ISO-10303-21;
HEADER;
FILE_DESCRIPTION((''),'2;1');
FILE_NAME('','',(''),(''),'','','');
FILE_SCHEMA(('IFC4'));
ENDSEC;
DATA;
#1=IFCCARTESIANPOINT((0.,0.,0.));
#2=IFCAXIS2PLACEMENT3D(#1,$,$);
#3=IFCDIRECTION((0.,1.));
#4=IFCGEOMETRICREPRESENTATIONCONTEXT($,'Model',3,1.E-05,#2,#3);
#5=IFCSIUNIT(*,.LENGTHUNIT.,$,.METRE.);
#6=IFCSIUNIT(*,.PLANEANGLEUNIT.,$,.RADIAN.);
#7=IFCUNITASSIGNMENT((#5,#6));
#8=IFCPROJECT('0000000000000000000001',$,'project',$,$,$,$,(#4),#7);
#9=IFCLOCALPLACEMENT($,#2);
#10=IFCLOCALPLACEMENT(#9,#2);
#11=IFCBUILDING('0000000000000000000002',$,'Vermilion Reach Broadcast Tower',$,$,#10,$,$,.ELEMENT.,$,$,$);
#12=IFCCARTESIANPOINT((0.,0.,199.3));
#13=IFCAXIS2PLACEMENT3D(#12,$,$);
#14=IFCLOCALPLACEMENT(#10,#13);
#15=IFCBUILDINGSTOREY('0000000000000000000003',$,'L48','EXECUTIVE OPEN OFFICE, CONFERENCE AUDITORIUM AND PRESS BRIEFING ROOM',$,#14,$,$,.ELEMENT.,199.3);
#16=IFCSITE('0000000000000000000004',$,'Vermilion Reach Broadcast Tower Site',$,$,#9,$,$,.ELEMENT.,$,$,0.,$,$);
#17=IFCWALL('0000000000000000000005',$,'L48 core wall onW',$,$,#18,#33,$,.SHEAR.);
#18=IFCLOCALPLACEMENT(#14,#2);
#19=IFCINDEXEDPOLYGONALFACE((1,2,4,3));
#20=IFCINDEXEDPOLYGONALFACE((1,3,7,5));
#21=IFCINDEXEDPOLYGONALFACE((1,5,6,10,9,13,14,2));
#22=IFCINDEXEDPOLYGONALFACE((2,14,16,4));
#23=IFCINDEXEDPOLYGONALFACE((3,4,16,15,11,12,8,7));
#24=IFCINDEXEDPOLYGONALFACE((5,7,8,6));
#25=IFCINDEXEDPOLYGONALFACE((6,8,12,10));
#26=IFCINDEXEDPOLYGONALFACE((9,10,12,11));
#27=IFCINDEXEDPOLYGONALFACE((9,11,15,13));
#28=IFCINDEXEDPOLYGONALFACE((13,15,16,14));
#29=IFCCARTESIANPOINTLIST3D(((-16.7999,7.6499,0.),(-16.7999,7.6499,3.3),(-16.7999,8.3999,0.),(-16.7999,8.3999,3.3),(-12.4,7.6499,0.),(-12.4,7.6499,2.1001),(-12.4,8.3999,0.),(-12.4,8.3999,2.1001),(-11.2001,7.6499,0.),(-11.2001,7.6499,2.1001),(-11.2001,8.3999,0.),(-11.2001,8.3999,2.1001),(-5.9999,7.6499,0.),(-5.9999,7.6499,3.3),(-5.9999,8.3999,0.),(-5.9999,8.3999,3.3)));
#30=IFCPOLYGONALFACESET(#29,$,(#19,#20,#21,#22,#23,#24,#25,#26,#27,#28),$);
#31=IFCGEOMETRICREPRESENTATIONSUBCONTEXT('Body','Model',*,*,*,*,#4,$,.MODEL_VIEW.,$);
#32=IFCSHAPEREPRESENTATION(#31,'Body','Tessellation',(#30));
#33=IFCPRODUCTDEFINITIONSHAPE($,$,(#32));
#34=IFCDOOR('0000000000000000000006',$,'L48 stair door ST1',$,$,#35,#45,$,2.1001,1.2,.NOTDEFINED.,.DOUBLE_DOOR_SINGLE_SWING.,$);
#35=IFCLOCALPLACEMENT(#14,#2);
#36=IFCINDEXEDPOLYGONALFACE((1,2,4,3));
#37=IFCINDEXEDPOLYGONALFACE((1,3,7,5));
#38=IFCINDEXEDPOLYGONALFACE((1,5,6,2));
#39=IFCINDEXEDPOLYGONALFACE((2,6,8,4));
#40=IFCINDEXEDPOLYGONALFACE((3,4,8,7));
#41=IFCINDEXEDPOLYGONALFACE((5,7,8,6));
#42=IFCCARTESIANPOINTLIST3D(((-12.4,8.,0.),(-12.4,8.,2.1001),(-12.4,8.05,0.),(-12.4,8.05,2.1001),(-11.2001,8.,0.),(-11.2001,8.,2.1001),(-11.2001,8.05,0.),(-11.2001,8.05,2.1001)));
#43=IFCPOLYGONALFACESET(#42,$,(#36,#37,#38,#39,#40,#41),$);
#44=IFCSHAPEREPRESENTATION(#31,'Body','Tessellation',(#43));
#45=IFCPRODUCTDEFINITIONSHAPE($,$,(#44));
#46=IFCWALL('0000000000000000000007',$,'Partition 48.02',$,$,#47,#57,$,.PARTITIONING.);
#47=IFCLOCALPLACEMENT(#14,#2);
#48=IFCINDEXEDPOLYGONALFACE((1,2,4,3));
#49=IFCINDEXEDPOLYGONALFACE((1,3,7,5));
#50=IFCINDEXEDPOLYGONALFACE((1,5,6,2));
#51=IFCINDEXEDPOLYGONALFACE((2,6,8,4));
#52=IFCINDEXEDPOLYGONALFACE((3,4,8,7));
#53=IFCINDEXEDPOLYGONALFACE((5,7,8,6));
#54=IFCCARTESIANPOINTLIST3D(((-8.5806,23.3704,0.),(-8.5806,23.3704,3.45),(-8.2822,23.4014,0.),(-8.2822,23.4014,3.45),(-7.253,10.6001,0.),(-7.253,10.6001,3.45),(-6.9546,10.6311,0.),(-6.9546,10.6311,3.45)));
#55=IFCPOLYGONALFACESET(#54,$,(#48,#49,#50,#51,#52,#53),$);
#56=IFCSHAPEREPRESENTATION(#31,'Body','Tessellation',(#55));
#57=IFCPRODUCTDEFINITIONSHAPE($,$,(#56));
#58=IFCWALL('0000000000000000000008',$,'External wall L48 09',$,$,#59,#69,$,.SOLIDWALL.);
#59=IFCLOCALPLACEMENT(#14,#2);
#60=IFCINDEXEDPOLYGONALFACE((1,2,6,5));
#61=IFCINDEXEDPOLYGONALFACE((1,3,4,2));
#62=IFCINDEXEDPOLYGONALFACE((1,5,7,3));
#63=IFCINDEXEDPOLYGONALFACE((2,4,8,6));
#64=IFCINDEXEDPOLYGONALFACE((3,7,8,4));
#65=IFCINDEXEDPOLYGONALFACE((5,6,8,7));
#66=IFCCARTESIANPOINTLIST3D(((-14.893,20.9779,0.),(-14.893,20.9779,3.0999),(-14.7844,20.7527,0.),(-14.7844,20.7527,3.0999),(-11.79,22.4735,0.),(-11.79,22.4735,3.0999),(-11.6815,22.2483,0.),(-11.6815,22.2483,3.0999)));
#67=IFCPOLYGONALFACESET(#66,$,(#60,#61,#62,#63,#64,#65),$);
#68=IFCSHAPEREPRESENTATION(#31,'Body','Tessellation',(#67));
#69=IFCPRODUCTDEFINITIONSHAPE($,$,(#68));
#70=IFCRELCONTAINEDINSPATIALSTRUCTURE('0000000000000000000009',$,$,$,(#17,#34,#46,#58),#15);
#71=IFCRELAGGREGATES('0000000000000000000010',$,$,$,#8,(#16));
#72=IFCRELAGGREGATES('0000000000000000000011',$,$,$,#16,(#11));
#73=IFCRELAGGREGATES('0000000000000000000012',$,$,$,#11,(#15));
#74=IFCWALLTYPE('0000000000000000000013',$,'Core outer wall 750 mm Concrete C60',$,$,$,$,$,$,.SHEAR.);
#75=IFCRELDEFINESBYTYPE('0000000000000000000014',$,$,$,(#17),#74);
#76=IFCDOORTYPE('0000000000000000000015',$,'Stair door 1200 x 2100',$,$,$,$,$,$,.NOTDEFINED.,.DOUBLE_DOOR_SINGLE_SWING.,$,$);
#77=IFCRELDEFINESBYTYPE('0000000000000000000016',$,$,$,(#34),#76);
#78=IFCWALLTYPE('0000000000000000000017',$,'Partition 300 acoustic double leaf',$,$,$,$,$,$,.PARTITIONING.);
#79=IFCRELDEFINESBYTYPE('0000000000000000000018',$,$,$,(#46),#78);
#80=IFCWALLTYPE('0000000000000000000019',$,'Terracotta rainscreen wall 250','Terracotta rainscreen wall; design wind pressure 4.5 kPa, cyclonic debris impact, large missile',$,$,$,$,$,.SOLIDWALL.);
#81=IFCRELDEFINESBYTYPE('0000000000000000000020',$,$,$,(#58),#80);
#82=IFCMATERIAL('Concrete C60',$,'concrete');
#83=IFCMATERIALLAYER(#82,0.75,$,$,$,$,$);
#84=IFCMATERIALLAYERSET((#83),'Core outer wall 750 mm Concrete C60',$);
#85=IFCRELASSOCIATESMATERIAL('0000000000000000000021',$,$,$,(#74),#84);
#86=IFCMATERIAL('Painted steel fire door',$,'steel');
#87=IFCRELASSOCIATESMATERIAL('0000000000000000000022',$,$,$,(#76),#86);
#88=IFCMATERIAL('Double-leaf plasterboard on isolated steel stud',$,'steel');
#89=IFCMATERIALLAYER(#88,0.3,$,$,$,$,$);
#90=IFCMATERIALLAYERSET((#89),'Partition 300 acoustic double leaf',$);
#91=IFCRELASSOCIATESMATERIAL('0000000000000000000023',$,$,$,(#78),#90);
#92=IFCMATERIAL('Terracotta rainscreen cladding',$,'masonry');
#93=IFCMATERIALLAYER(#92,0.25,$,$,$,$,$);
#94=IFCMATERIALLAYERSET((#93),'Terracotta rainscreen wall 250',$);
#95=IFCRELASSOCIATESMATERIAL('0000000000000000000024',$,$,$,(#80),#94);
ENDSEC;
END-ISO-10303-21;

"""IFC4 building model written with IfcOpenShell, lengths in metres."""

from ifc_helpers import new_model, si_unit, direction, frame, frame_2d, origin, place, context, subcontext, project, spatial, rectangle, extrude, material, layer, layer_set, type_object, element, fill, save


model = new_model("IFC4")

# Units and contexts
model_context = context("Model", 3, precision=1e-05, world=origin(), true_north=direction((0.0, 1.0)))
body_context = subcontext(model_context, "Body", "Model", "MODEL_VIEW")
ifc_project = project(units=[si_unit("LENGTHUNIT", "METRE"), si_unit("PLANEANGLEUNIT", "RADIAN")], contexts=[model_context])

# Site, building, storey
site_placement = place(None, origin())
site = spatial("IfcSite", under=ifc_project, at=site_placement, Name="Vermilion Reach Broadcast Tower Site", CompositionType="ELEMENT", RefElevation=0.0)
building_placement = place(site_placement, origin())
building = spatial("IfcBuilding", under=site, at=building_placement, Name="Vermilion Reach Broadcast Tower", CompositionType="ELEMENT")
storey_placement = place(building_placement, frame((0.0, 0.0, 199.3)))
storey = spatial("IfcBuildingStorey", under=building, at=storey_placement, Name="L48", Description="EXECUTIVE OPEN OFFICE, CONFERENCE AUDITORIUM AND PRESS BRIEFING ROOM", CompositionType="ELEMENT", Elevation=199.3)

# Wall, opening, door
ifc_material_1 = material(Name="Concrete C60", Category="concrete")
ifc_layer_1 = layer(ifc_material_1, 0.75)
ifc_layer_set_1 = layer_set([ifc_layer_1], Name="Core outer wall 750 mm Concrete C60")
wall_type_1 = type_object("IfcWallType", Name="Core outer wall 750 mm Concrete C60", PredefinedType="SHEAR", material=ifc_layer_set_1)
wall_1_placement = place(storey_placement, frame((-6.0, 8.0249, 0.0), z_axis=(0.0, 0.0, 1.0), x_axis=(-1.0, 0.0, 0.0)))
wall_1 = element("IfcWall", 1, at=wall_1_placement, inside=storey, type_object=wall_type_1, Name="L48 core wall onW", PredefinedType="SHEAR", context=body_context, shape_type="SweptSolid", body=[
    extrude(rectangle(XDim=10.8, YDim=0.75, at=frame_2d((5.3999, 0.0))), origin(), (0.0, 0.0, 1.0), 3.3),
])
opening_1_placement = place(wall_1_placement, frame((5.2, 0.0, 0.0)))
opening_1 = element("IfcOpeningElement", 2, at=opening_1_placement, cuts=wall_1, PredefinedType="OPENING", context=body_context, shape_type="SweptSolid", body=[
    extrude(rectangle(XDim=1.2, YDim=2.1001, at=frame_2d((0.6001, 1.05))), frame((0.0, 0.385, 0.0), z_axis=(0.0, -1.0, 0.0), x_axis=(1.0, 0.0, 0.0)), (0.0, 0.0, 1.0), 0.77),
])
ifc_material_2 = material(Name="Painted steel fire door", Category="steel")
door_type_1 = type_object("IfcDoorType", Name="Stair door 1200 x 2100", OperationType="DOUBLE_DOOR_SINGLE_SWING", PredefinedType="NOTDEFINED", material=ifc_material_2)
door_1_placement = place(opening_1_placement, origin())
door_1 = element("IfcDoor", 3, at=door_1_placement, inside=storey, type_object=door_type_1, Name="L48 stair door ST1", OperationType="DOUBLE_DOOR_SINGLE_SWING", OverallHeight=2.1001, OverallWidth=1.2, PredefinedType="NOTDEFINED", context=body_context, shape_type="SweptSolid", body=[
    extrude(rectangle(XDim=1.2, YDim=2.1001, at=frame_2d((0.6001, 1.05))), frame((0.0, 0.0249, 0.0), z_axis=(0.0, -1.0, 0.0), x_axis=(1.0, 0.0, 0.0)), (0.0, 0.0, 1.0), 0.05),
])
fill(opening_1, door_1)

# Wall
ifc_material_3 = material(Name="Double-leaf plasterboard on isolated steel stud", Category="steel")
ifc_layer_2 = layer(ifc_material_3, 0.3)
ifc_layer_set_2 = layer_set([ifc_layer_2], Name="Partition 300 acoustic double leaf")
wall_type_2 = type_object("IfcWallType", Name="Partition 300 acoustic double leaf", PredefinedType="PARTITIONING", material=ifc_layer_set_2)
wall_2_placement = place(storey_placement, frame((-8.4314, 23.3857, 0.0), z_axis=(0.0, 0.0, 1.0), x_axis=(0.103406, -0.994639, 0.0)))
element("IfcWall", 4, at=wall_2_placement, inside=storey, type_object=wall_type_2, Name="Partition 48.02", PredefinedType="PARTITIONING", context=body_context, shape_type="SweptSolid", body=[
    extrude(rectangle(XDim=12.8391, YDim=0.3, at=frame_2d((6.4194, 0.0))), origin(), (0.0, 0.0, 1.0), 3.45),
])

# Shared definitions
ifc_material_4 = material(Name="Terracotta rainscreen cladding", Category="masonry")
ifc_layer_3 = layer(ifc_material_4, 0.25)
ifc_layer_set_3 = layer_set([ifc_layer_3], Name="Terracotta rainscreen wall 250")
wall_type_3 = type_object("IfcWallType", Name="Terracotta rainscreen wall 250", Description="Terracotta rainscreen wall; design wind pressure 4.5 kPa, cyclonic debris impact, large missile", PredefinedType="SOLIDWALL", material=ifc_layer_set_3)

# Wall
wall_3_placement = place(storey_placement, frame((-11.7358, 22.3608, 0.0), z_axis=(0.0, 0.0, 1.0), x_axis=(-0.900825, -0.434182, 0.0)))
element("IfcWall", 5, at=wall_3_placement, inside=storey, type_object=wall_type_3, Name="External wall L48 09", PredefinedType="SOLIDWALL", context=body_context, shape_type="SweptSolid", body=[
    extrude(rectangle(XDim=3.4446, YDim=0.25, at=frame_2d((1.7222, 0.0))), origin(), (0.0, 0.0, 1.0), 3.0999),
])

save(model, "model.ifc")
